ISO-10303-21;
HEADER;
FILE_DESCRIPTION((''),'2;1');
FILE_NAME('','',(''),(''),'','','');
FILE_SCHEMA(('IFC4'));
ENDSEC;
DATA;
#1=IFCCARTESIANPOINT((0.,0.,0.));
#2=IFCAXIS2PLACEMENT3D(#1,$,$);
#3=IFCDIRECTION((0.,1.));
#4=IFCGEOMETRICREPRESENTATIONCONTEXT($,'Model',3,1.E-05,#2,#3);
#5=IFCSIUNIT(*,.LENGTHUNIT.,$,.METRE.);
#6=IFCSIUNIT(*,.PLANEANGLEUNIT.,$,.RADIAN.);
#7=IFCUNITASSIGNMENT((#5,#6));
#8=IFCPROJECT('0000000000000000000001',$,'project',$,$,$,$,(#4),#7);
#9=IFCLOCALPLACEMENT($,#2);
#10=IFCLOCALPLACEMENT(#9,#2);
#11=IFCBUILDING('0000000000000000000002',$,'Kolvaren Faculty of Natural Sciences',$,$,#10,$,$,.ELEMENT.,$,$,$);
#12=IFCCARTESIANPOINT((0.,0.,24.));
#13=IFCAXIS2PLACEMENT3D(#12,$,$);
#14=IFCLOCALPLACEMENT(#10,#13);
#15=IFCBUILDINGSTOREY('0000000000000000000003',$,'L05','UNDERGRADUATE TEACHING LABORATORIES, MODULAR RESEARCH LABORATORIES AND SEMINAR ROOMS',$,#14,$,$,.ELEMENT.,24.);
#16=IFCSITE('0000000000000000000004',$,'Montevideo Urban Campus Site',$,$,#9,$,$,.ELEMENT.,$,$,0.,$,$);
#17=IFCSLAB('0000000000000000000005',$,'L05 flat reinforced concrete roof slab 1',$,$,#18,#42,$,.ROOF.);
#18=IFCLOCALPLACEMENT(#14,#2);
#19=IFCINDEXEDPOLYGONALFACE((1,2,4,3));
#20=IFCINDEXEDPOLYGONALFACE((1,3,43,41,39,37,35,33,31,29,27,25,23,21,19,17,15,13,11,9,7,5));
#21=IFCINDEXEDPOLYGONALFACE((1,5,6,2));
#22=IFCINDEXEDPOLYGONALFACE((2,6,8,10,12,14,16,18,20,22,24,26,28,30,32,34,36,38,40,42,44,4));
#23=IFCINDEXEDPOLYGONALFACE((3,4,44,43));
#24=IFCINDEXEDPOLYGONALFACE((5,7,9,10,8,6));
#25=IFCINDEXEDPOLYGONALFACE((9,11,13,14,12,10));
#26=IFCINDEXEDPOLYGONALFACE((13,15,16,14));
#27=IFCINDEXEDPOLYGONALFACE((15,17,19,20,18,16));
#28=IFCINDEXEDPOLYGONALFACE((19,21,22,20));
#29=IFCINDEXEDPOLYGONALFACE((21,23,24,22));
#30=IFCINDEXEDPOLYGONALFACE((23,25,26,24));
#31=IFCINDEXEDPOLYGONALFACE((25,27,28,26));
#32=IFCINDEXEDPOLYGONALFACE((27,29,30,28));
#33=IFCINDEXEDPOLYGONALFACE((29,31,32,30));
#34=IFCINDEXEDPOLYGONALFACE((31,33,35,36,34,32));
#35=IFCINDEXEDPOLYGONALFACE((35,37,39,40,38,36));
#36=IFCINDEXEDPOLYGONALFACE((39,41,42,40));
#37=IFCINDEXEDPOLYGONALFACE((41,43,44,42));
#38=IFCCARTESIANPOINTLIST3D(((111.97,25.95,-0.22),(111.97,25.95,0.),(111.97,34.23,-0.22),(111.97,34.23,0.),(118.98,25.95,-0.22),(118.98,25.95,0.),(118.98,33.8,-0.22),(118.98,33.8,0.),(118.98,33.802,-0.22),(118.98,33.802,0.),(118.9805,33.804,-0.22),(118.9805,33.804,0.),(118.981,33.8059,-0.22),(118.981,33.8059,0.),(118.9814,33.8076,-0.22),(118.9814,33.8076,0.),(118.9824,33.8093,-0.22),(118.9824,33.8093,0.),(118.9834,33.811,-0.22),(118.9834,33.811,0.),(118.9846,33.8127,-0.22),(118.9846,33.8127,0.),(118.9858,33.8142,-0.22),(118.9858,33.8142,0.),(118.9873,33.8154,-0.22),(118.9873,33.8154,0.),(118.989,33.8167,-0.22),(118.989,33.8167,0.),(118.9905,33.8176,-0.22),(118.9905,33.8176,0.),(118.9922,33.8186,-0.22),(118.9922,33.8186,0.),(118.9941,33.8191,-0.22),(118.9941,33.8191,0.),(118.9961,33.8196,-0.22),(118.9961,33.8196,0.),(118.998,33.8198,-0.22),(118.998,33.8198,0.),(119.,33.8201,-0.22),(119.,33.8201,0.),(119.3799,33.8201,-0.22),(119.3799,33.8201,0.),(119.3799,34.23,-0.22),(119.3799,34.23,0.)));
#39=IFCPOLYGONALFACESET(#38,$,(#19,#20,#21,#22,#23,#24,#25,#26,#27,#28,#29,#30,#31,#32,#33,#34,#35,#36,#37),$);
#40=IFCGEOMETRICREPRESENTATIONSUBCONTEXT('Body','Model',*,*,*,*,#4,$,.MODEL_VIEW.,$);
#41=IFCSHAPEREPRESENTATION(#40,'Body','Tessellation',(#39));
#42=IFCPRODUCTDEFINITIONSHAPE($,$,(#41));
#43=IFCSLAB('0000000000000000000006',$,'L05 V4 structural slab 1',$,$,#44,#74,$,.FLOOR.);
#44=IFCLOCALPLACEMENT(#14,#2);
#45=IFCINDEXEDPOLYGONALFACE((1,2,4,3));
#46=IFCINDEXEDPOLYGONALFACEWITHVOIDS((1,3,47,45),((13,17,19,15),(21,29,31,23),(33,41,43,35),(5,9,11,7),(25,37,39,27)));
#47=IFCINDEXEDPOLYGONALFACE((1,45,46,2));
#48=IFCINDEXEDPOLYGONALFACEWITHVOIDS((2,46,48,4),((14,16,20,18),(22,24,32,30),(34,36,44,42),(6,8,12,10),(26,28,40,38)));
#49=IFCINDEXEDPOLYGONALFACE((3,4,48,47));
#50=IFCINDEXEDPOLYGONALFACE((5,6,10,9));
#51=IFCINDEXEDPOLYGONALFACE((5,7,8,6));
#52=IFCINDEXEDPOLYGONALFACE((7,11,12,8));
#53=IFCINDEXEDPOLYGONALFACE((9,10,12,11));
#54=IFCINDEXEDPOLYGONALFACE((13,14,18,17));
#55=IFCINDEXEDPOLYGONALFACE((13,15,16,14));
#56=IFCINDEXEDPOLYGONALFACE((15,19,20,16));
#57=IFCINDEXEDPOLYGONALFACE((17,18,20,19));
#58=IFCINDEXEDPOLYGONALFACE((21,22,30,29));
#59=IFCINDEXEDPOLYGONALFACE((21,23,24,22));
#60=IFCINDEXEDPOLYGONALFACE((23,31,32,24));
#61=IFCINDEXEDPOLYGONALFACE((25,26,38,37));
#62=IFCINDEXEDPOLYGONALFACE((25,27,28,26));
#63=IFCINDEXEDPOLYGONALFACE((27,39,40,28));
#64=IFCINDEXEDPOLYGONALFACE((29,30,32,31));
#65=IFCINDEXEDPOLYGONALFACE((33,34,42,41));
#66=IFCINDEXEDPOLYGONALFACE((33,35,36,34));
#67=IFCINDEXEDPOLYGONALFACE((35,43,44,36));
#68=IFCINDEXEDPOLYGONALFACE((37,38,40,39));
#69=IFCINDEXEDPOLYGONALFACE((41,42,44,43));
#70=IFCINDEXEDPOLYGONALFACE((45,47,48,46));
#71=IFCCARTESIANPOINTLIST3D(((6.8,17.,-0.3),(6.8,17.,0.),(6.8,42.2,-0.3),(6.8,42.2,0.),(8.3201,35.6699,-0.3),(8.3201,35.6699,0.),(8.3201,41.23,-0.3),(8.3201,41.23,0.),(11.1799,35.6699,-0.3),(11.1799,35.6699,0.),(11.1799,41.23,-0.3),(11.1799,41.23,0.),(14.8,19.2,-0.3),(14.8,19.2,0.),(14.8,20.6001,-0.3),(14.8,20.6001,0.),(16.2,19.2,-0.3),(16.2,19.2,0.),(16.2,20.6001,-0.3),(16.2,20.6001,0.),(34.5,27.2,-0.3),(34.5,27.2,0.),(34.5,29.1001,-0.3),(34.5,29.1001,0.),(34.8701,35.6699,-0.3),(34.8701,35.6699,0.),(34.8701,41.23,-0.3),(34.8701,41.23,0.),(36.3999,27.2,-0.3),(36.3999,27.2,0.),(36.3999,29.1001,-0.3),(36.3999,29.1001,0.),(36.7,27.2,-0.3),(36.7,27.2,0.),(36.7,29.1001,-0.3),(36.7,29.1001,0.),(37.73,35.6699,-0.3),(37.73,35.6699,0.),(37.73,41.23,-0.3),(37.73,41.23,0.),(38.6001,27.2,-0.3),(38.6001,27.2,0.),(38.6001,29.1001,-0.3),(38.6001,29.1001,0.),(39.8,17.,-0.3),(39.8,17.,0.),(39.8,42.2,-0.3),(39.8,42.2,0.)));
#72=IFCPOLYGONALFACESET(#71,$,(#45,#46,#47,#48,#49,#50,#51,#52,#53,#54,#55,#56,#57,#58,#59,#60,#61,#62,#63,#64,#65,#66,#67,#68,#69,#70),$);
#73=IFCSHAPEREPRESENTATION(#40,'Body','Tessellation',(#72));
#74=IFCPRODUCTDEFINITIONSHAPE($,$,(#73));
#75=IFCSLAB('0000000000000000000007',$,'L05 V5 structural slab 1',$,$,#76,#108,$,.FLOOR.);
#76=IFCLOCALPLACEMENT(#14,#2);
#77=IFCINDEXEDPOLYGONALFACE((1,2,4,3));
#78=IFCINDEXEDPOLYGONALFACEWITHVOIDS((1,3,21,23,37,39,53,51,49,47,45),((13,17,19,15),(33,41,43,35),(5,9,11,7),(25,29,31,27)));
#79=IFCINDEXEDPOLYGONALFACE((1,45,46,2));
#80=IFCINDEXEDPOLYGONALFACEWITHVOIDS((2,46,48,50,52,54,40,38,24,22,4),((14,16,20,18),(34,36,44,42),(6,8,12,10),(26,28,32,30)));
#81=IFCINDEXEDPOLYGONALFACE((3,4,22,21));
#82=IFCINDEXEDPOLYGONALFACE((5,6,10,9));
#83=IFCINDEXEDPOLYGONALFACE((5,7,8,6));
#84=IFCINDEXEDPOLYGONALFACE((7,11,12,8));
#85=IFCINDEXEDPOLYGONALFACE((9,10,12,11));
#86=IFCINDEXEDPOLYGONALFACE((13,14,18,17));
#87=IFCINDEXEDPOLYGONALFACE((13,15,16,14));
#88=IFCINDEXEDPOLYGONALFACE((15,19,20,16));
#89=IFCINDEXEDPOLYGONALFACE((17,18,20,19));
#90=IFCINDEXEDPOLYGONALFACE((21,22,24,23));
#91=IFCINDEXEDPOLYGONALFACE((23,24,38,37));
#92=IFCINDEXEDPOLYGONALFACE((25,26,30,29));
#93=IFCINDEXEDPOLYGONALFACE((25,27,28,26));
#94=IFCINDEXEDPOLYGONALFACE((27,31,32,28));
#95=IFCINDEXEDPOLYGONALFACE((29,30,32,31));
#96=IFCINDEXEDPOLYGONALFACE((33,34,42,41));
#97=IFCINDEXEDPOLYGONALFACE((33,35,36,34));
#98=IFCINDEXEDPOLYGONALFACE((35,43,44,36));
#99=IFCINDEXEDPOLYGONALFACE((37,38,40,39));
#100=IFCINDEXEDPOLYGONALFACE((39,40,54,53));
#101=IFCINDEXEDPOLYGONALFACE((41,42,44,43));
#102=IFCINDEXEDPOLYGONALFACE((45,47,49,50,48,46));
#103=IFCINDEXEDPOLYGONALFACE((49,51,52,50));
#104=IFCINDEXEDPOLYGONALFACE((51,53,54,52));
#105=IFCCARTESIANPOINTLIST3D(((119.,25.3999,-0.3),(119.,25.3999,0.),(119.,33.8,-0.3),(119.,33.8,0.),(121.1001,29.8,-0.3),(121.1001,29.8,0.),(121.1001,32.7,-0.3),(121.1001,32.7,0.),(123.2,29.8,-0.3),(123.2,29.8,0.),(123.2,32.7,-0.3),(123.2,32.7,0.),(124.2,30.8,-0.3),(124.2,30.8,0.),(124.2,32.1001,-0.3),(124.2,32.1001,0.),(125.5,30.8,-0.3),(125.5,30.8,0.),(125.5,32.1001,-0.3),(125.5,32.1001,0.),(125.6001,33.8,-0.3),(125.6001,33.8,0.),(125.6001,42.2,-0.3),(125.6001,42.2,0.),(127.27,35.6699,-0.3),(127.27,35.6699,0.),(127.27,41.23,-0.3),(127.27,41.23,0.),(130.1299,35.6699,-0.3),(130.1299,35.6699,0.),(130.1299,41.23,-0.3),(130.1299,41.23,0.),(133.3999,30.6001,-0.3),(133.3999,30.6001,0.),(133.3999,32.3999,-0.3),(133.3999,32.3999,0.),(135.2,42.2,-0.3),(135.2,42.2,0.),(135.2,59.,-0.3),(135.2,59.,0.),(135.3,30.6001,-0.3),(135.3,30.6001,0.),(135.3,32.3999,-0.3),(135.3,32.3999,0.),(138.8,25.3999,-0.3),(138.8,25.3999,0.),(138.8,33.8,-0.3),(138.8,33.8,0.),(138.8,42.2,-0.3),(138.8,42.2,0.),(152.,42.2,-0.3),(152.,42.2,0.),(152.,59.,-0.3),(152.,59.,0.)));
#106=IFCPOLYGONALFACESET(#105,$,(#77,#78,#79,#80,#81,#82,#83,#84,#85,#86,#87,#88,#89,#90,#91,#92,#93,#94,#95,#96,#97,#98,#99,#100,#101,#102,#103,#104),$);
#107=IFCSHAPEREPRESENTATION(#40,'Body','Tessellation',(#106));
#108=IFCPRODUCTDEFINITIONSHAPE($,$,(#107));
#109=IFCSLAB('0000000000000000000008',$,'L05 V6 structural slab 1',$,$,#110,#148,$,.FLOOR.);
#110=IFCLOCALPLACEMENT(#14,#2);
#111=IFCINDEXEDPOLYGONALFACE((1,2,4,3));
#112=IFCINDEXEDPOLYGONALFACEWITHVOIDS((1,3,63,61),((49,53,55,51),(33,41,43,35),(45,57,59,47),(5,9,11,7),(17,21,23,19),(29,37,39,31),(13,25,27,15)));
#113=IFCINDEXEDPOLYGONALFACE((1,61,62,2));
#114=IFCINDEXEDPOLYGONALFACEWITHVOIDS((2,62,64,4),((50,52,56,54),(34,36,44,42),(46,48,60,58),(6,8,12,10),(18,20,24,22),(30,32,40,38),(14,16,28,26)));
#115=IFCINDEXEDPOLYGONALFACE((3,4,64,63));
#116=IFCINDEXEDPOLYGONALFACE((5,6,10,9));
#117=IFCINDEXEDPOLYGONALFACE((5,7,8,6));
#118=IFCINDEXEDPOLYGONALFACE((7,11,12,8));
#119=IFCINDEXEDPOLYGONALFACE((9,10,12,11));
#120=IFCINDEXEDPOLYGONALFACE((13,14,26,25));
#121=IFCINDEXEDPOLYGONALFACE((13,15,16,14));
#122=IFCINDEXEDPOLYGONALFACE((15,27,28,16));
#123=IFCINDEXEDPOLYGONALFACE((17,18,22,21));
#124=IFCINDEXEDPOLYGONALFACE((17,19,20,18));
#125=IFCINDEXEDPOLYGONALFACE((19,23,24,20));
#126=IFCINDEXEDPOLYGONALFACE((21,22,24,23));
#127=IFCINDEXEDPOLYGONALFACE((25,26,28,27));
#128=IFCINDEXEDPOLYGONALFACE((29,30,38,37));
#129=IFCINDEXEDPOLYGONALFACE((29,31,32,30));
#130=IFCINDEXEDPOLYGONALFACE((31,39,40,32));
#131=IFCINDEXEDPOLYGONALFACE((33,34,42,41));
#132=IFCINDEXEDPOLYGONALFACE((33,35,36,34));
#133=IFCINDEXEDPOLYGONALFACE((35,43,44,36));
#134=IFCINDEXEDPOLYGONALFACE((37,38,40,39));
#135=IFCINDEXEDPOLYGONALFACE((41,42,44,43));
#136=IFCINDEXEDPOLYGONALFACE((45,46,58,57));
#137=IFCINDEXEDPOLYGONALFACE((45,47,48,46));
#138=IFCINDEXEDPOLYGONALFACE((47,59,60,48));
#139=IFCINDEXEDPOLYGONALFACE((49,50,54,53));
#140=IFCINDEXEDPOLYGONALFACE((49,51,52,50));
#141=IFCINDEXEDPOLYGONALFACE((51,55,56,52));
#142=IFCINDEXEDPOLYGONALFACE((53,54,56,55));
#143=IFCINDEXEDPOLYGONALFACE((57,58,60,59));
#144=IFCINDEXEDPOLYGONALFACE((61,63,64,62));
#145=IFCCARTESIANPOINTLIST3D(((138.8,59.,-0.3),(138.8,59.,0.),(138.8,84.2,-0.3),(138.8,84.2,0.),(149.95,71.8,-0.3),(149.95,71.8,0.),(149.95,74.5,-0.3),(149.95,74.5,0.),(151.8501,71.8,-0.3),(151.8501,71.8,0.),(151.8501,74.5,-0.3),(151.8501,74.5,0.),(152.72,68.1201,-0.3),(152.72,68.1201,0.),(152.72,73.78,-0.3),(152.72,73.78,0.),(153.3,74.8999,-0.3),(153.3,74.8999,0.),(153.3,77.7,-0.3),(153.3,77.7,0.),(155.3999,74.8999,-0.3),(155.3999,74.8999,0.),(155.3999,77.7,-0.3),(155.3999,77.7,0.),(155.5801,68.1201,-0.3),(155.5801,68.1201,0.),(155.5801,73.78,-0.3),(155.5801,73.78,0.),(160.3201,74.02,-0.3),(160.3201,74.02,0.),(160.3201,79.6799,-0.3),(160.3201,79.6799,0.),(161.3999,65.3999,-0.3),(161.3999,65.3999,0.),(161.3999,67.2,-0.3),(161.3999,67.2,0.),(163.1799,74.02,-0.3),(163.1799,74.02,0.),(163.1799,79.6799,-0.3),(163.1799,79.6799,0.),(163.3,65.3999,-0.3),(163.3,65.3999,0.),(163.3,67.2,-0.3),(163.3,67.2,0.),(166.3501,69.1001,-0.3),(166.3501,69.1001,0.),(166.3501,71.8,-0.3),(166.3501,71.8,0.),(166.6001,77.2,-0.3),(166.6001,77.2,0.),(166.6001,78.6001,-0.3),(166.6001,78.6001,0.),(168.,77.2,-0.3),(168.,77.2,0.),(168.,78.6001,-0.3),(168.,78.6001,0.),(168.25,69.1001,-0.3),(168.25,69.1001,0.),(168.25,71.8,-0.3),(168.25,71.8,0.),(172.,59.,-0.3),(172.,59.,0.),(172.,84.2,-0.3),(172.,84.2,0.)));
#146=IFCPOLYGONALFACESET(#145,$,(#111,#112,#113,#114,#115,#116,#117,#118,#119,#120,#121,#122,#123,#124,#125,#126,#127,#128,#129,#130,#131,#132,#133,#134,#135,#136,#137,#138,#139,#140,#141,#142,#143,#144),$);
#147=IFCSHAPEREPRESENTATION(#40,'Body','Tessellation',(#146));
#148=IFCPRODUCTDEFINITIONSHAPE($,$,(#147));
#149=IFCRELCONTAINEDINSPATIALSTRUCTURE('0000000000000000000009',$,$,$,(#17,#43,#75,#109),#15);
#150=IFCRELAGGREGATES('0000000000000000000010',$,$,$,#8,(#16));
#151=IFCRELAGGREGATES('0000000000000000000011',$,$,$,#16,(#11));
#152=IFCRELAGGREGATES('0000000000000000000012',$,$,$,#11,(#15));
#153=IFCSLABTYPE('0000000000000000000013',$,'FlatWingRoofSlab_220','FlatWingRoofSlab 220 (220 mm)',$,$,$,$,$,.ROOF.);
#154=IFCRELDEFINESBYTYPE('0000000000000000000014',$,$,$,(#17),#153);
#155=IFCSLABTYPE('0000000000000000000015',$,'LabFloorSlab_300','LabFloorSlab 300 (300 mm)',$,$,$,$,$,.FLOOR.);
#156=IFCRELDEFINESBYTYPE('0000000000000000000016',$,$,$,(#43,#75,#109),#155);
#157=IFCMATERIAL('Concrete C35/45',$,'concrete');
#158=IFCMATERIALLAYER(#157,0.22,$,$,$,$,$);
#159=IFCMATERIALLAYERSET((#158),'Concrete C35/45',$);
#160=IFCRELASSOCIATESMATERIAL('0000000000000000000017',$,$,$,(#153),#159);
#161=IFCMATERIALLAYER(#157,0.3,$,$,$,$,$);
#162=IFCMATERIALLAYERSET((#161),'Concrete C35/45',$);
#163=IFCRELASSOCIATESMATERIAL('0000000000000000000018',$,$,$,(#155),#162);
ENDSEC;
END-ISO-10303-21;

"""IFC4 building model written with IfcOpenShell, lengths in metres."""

from ifc_helpers import new_model, si_unit, direction, frame, origin, place, context, subcontext, project, spatial, polyline, outline, extrude, material, layer, layer_set, type_object, element, save


model = new_model("IFC4")

# Units and contexts
model_context = context("Model", 3, precision=1e-05, world=origin(), true_north=direction((0.0, 1.0)))
body_context = subcontext(model_context, "Body", "Model", "MODEL_VIEW")
ifc_project = project(units=[si_unit("LENGTHUNIT", "METRE"), si_unit("PLANEANGLEUNIT", "RADIAN")], contexts=[model_context])

# Site, building, storey
site_placement = place(None, origin())
site = spatial("IfcSite", under=ifc_project, at=site_placement, Name="Montevideo Urban Campus Site", CompositionType="ELEMENT", RefElevation=0.0)
building_placement = place(site_placement, origin())
building = spatial("IfcBuilding", under=site, at=building_placement, Name="Kolvaren Faculty of Natural Sciences", CompositionType="ELEMENT")
storey_placement = place(building_placement, frame((0.0, 0.0, 24.0)))
storey = spatial("IfcBuildingStorey", under=building, at=storey_placement, Name="L05", Description="UNDERGRADUATE TEACHING LABORATORIES, MODULAR RESEARCH LABORATORIES AND SEMINAR ROOMS", CompositionType="ELEMENT", Elevation=24.0)

# Slabs
ifc_material_1 = material(Name="Concrete C35/45", Category="concrete")
ifc_layer_1 = layer(ifc_material_1, 0.22)
ifc_layer_set_1 = layer_set([ifc_layer_1], Name="Concrete C35/45")
slab_type_1 = type_object("IfcSlabType", Name="FlatWingRoofSlab_220", Description="FlatWingRoofSlab 220 (220 mm)", PredefinedType="ROOF", material=ifc_layer_set_1)
slab_1_placement = place(storey_placement, frame((0.0, 0.0, -0.22)))
element("IfcSlab", 1, at=slab_1_placement, inside=storey, type_object=slab_type_1, Name="L05 flat reinforced concrete roof slab 1", PredefinedType="ROOF", context=body_context, shape_type="SweptSolid", body=[
    extrude(outline(polyline([(111.97, 34.23), (119.3799, 34.23), (119.3799, 33.8201), (119.0, 33.8201), (118.998, 33.8198), (118.9961, 33.8196), (118.9941, 33.8191), (118.9922, 33.8186), (118.9905, 33.8176), (118.989, 33.8167), (118.9873, 33.8154), (118.9858, 33.8142), (118.9846, 33.8127), (118.9834, 33.811), (118.9824, 33.8093), (118.9814, 33.8076), (118.981, 33.8059), (118.9805, 33.804), (118.98, 33.802), (118.98, 33.8), (118.98, 25.95), (111.97, 25.95), (111.97, 34.23)])), origin(), (0.0, 0.0, 1.0), 0.22),
])
ifc_layer_2 = layer(ifc_material_1, 0.3)
ifc_layer_set_2 = layer_set([ifc_layer_2], Name="Concrete C35/45")
slab_type_2 = type_object("IfcSlabType", Name="LabFloorSlab_300", Description="LabFloorSlab 300 (300 mm)", PredefinedType="FLOOR", material=ifc_layer_set_2)
slab_2_placement = place(storey_placement, frame((0.0, 0.0, -0.3)))
element("IfcSlab", 2, at=slab_2_placement, inside=storey, type_object=slab_type_2, Name="L05 V4 structural slab 1", PredefinedType="FLOOR", context=body_context, shape_type="SweptSolid", body=[
    extrude(outline(polyline([(6.8, 17.0), (6.8, 42.2), (39.8, 42.2), (39.8, 17.0), (6.8, 17.0)]), holes=[polyline([(38.6001, 29.1001), (36.7, 29.1001), (36.7, 27.2), (38.6001, 27.2), (38.6001, 29.1001)]), polyline([(37.73, 41.23), (34.8701, 41.23), (34.8701, 35.6699), (37.73, 35.6699), (37.73, 41.23)]), polyline([(36.3999, 29.1001), (34.5, 29.1001), (34.5, 27.2), (36.3999, 27.2), (36.3999, 29.1001)]), polyline([(14.8, 20.6001), (14.8, 19.2), (16.2, 19.2), (16.2, 20.6001), (14.8, 20.6001)]), polyline([(11.1799, 41.23), (8.3201, 41.23), (8.3201, 35.6699), (11.1799, 35.6699), (11.1799, 41.23)])]), origin(), (0.0, 0.0, 1.0), 0.3),
])
slab_3_placement = place(storey_placement, frame((0.0, 0.0, -0.3)))
element("IfcSlab", 3, at=slab_3_placement, inside=storey, type_object=slab_type_2, Name="L05 V5 structural slab 1", PredefinedType="FLOOR", context=body_context, shape_type="SweptSolid", body=[
    extrude(outline(polyline([(119.0, 25.3999), (119.0, 33.8), (125.6001, 33.8), (125.6001, 42.2), (135.2, 42.2), (135.2, 59.0), (152.0, 59.0), (152.0, 42.2), (138.8, 42.2), (138.8, 33.8), (138.8, 25.3999), (119.0, 25.3999)]), holes=[polyline([(133.3999, 32.3999), (133.3999, 30.6001), (135.3, 30.6001), (135.3, 32.3999), (133.3999, 32.3999)]), polyline([(130.1299, 41.23), (127.27, 41.23), (127.27, 35.6699), (130.1299, 35.6699), (130.1299, 41.23)]), polyline([(125.5, 32.1001), (124.2, 32.1001), (124.2, 30.8), (125.5, 30.8), (125.5, 32.1001)]), polyline([(123.2, 32.7), (121.1001, 32.7), (121.1001, 29.8), (123.2, 29.8), (123.2, 32.7)])]), origin(), (0.0, 0.0, 1.0), 0.3),
])
slab_4_placement = place(storey_placement, frame((0.0, 0.0, -0.3)))
element("IfcSlab", 4, at=slab_4_placement, inside=storey, type_object=slab_type_2, Name="L05 V6 structural slab 1", PredefinedType="FLOOR", context=body_context, shape_type="SweptSolid", body=[
    extrude(outline(polyline([(138.8, 59.0), (138.8, 84.2), (172.0, 84.2), (172.0, 59.0), (138.8, 59.0)]), holes=[polyline([(168.25, 71.8), (166.3501, 71.8), (166.3501, 69.1001), (168.25, 69.1001), (168.25, 71.8)]), polyline([(168.0, 78.6001), (166.6001, 78.6001), (166.6001, 77.2), (168.0, 77.2), (168.0, 78.6001)]), polyline([(161.3999, 67.2), (161.3999, 65.3999), (163.3, 65.3999), (163.3, 67.2), (161.3999, 67.2)]), polyline([(163.1799, 79.6799), (160.3201, 79.6799), (160.3201, 74.02), (163.1799, 74.02), (163.1799, 79.6799)]), polyline([(155.5801, 73.78), (152.72, 73.78), (152.72, 68.1201), (155.5801, 68.1201), (155.5801, 73.78)]), polyline([(155.3999, 77.7), (153.3, 77.7), (153.3, 74.8999), (155.3999, 74.8999), (155.3999, 77.7)]), polyline([(151.8501, 74.5), (149.95, 74.5), (149.95, 71.8), (151.8501, 71.8), (151.8501, 74.5)])]), origin(), (0.0, 0.0, 1.0), 0.3),
])

save(model, "model.ifc")
